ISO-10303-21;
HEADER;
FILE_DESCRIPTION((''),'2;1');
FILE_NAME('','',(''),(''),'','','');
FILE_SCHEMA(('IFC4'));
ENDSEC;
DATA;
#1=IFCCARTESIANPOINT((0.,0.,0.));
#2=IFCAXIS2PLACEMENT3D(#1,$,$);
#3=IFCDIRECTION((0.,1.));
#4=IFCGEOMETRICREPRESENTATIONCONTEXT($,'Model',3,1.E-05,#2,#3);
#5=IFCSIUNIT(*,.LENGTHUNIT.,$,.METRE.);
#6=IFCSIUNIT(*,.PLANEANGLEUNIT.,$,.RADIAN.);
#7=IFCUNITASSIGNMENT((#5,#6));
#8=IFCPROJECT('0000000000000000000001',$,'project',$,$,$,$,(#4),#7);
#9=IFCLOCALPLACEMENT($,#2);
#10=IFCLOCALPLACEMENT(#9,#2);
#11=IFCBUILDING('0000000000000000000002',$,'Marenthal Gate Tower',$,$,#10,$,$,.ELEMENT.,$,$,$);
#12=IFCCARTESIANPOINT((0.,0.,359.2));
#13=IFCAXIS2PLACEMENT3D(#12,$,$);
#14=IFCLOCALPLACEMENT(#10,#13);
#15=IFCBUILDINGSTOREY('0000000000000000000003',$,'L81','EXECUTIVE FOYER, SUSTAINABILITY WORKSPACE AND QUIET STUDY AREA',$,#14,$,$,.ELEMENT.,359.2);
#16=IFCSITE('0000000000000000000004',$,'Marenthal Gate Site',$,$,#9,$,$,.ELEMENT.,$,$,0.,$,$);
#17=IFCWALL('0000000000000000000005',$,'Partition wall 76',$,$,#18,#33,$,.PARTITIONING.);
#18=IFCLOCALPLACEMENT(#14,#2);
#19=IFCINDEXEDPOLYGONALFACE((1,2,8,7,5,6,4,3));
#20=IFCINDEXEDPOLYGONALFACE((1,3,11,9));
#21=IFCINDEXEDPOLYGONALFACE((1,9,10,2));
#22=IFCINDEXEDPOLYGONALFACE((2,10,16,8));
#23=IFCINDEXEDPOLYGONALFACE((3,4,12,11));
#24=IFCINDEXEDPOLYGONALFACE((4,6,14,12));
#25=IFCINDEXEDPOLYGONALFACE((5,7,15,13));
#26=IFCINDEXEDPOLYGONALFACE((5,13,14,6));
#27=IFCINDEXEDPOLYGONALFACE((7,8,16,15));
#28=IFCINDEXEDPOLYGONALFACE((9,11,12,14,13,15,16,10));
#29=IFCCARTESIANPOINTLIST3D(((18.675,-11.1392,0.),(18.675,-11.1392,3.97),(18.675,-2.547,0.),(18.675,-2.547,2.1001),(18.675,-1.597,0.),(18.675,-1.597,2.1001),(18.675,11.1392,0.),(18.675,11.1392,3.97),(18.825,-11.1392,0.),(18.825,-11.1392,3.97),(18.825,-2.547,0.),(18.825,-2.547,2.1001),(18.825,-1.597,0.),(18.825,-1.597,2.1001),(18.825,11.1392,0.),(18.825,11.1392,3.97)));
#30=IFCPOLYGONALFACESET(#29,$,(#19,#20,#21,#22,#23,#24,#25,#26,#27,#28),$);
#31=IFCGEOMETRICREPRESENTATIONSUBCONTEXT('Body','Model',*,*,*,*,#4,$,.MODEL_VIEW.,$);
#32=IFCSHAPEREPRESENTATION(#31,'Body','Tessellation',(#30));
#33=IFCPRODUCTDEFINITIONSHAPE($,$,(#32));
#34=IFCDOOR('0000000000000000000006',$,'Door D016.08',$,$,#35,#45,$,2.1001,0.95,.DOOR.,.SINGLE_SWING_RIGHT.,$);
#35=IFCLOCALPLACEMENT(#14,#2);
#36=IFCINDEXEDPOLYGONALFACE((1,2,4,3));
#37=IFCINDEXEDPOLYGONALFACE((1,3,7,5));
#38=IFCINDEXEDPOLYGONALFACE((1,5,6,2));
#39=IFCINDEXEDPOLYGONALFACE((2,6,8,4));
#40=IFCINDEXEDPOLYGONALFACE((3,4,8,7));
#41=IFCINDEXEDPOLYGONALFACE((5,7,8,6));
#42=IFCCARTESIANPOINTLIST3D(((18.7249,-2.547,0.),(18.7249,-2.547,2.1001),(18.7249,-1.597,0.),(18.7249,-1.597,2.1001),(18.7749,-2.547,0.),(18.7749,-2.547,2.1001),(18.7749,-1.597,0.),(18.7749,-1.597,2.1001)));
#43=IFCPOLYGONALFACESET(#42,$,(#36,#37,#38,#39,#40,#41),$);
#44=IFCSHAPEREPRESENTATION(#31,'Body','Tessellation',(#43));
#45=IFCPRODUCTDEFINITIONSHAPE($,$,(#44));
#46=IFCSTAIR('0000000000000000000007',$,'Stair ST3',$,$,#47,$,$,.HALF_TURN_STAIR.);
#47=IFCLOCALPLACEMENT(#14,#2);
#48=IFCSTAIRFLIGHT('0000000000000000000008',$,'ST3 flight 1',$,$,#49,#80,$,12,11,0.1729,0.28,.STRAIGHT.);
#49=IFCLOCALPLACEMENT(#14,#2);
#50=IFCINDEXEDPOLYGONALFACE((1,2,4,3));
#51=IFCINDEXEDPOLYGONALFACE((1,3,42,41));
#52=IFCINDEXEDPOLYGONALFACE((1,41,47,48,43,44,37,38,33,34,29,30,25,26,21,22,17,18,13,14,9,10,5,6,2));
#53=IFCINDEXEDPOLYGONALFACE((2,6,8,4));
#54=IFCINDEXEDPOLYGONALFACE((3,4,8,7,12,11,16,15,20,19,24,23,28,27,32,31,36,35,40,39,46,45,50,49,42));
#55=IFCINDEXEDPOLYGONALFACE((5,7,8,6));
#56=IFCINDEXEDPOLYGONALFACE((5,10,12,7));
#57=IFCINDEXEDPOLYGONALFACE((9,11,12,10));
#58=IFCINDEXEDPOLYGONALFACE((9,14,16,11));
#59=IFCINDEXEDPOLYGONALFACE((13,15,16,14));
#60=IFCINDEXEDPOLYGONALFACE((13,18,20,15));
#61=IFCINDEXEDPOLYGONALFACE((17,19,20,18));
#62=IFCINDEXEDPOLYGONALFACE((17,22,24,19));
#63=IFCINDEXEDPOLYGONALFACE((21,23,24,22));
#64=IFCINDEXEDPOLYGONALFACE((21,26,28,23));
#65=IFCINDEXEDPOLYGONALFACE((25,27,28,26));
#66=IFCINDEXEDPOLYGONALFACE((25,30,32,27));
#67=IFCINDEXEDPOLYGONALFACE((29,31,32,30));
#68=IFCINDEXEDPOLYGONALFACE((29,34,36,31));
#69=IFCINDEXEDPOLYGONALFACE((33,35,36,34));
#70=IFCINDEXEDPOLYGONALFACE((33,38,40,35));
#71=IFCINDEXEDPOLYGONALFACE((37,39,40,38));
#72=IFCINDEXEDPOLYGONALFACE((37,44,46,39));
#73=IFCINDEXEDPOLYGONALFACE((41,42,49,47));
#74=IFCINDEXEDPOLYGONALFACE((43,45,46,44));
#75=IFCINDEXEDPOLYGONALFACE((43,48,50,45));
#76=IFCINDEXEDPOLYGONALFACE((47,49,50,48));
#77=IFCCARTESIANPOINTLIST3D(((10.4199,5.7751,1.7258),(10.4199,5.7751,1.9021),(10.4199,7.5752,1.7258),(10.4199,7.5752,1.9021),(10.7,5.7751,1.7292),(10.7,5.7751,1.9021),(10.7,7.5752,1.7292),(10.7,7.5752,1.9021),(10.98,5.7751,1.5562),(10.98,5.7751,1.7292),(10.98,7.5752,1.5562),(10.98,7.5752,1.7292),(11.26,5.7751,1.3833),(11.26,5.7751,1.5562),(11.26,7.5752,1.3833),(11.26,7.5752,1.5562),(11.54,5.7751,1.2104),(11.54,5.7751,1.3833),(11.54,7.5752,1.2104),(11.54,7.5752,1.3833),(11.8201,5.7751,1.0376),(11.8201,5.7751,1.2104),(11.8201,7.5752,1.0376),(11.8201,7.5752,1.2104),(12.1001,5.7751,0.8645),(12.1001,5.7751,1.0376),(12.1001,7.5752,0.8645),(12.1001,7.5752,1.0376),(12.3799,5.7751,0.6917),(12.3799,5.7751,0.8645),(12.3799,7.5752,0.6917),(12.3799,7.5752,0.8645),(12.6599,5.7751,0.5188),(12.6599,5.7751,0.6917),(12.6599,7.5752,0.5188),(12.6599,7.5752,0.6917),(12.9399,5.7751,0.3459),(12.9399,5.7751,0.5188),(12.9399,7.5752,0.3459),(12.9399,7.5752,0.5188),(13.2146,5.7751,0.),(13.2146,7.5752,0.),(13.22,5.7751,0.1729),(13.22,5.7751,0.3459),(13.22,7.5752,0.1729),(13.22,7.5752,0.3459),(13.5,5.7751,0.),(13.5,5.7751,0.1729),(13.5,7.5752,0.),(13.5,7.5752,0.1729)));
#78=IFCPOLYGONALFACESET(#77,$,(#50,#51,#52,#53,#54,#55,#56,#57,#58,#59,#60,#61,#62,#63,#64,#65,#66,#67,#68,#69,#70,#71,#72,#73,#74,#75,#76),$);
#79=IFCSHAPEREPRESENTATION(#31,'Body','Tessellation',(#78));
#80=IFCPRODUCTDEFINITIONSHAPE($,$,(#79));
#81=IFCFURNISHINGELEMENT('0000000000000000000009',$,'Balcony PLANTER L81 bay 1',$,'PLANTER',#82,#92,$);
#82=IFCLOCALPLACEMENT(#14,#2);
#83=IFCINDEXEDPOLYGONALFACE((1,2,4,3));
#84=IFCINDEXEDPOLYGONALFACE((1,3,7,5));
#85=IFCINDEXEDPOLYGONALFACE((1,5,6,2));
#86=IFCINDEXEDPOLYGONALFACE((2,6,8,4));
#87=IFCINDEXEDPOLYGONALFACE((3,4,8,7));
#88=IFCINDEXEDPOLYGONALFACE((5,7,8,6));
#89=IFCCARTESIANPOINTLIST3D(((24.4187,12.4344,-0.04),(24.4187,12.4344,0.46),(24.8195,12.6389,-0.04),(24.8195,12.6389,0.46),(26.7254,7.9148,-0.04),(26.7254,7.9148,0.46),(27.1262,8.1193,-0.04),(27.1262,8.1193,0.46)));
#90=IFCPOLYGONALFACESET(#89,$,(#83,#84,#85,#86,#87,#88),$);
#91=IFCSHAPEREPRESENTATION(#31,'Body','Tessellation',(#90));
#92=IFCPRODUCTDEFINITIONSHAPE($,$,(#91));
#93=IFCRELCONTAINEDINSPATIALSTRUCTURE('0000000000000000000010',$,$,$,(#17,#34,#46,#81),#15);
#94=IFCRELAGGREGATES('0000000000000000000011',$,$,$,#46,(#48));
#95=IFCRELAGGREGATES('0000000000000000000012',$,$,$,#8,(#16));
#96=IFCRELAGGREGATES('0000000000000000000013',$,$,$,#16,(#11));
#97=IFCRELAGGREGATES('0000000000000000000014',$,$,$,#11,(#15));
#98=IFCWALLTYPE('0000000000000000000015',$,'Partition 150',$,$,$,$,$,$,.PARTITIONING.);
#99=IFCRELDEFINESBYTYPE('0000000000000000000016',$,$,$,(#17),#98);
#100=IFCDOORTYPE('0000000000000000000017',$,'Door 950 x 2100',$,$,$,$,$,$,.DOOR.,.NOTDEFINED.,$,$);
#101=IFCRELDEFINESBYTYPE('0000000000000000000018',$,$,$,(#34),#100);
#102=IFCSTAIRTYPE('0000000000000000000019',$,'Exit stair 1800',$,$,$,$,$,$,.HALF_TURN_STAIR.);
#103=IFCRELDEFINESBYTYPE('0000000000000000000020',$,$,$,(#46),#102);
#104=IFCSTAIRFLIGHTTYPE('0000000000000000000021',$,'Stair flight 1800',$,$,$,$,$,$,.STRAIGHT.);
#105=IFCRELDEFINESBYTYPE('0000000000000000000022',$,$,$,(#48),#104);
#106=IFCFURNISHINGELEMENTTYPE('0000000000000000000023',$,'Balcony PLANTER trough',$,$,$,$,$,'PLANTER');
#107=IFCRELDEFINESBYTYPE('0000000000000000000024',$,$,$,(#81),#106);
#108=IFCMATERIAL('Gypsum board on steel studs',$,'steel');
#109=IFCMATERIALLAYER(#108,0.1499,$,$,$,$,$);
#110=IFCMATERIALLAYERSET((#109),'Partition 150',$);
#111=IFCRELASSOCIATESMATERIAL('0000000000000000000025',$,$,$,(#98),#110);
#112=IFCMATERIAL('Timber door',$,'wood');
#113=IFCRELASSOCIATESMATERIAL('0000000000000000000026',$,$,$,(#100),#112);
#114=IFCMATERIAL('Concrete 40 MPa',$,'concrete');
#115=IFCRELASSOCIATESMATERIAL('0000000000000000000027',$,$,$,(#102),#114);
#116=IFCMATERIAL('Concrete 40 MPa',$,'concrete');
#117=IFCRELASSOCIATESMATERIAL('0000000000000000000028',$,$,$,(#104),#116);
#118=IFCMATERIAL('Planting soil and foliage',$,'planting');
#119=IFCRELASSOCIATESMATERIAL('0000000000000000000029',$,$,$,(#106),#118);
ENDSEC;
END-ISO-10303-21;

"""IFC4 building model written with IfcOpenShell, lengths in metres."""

from ifc_helpers import new_model, si_unit, direction, frame, frame_2d, origin, origin_2d, place, context, subcontext, project, spatial, polyline, rectangle, outline, extrude, material, layer, layer_set, type_object, element, fill, aggregate, save


model = new_model("IFC4")

# Units and contexts
model_context = context("Model", 3, precision=1e-05, world=origin(), true_north=direction((0.0, 1.0)))
body_context = subcontext(model_context, "Body", "Model", "MODEL_VIEW")
ifc_project = project(units=[si_unit("LENGTHUNIT", "METRE"), si_unit("PLANEANGLEUNIT", "RADIAN")], contexts=[model_context])

# Site, building, storey
site_placement = place(None, origin())
site = spatial("IfcSite", under=ifc_project, at=site_placement, Name="Marenthal Gate Site", CompositionType="ELEMENT", RefElevation=0.0)
building_placement = place(site_placement, origin())
building = spatial("IfcBuilding", under=site, at=building_placement, Name="Marenthal Gate Tower", CompositionType="ELEMENT")
storey_placement = place(building_placement, frame((0.0, 0.0, 359.2)))
storey = spatial("IfcBuildingStorey", under=building, at=storey_placement, Name="L81", Description="EXECUTIVE FOYER, SUSTAINABILITY WORKSPACE AND QUIET STUDY AREA", CompositionType="ELEMENT", Elevation=359.2)

# Wall, opening, door
ifc_material_1 = material(Name="Gypsum board on steel studs", Category="steel")
ifc_layer_1 = layer(ifc_material_1, 0.1499)
ifc_layer_set_1 = layer_set([ifc_layer_1], Name="Partition 150")
wall_type_1 = type_object("IfcWallType", Name="Partition 150", PredefinedType="PARTITIONING", material=ifc_layer_set_1)
wall_1_placement = place(storey_placement, frame((18.75, 11.1392, 0.0), z_axis=(0.0, 0.0, 1.0), x_axis=(0.0, -1.0, 0.0)))
wall_1 = element("IfcWall", 1, at=wall_1_placement, inside=storey, type_object=wall_type_1, Name="Partition wall 76", PredefinedType="PARTITIONING", context=body_context, shape_type="SweptSolid", body=[
    extrude(rectangle(XDim=22.2783, YDim=0.1499, at=frame_2d((11.1392, 0.0))), origin(), (0.0, 0.0, 1.0), 3.97),
])
opening_1_placement = place(wall_1_placement, frame((12.7361, 0.0, 0.0)))
opening_1 = element("IfcOpeningElement", 2, at=opening_1_placement, cuts=wall_1, PredefinedType="OPENING", context=body_context, shape_type="SweptSolid", body=[
    extrude(rectangle(XDim=0.95, YDim=2.1001, at=frame_2d((0.4751, 1.05))), frame((0.0, 0.085, 0.0), z_axis=(0.0, -1.0, 0.0), x_axis=(1.0, 0.0, 0.0)), (0.0, 0.0, 1.0), 0.1699),
])
ifc_material_2 = material(Name="Timber door", Category="wood")
door_type_1 = type_object("IfcDoorType", Name="Door 950 x 2100", OperationType="NOTDEFINED", PredefinedType="DOOR", material=ifc_material_2)
door_1_placement = place(opening_1_placement, origin())
door_1 = element("IfcDoor", 3, at=door_1_placement, inside=storey, type_object=door_type_1, Name="Door D016.08", OperationType="SINGLE_SWING_RIGHT", OverallHeight=2.1001, OverallWidth=0.95, PredefinedType="DOOR", context=body_context, shape_type="SweptSolid", body=[
    extrude(rectangle(XDim=0.95, YDim=2.1001, at=frame_2d((0.4751, 1.05))), frame((0.0, 0.0249, 0.0), z_axis=(0.0, -1.0, 0.0), x_axis=(1.0, 0.0, 0.0)), (0.0, 0.0, 1.0), 0.05),
])
fill(opening_1, door_1)

# Stair, stair flight
ifc_material_3 = material(Name="Concrete 40 MPa", Category="concrete")
stair_type = type_object("IfcStairType", Name="Exit stair 1800", PredefinedType="HALF_TURN_STAIR", material=ifc_material_3)
stair_placement = place(storey_placement, origin())
stair = element("IfcStair", 4, at=stair_placement, inside=storey, type_object=stair_type, Name="Stair ST3", PredefinedType="HALF_TURN_STAIR")
ifc_material_4 = material(Name="Concrete 40 MPa", Category="concrete")
stair_flight_type = type_object("IfcStairFlightType", Name="Stair flight 1800", PredefinedType="STRAIGHT", material=ifc_material_4)
stair_flight_placement = place(storey_placement, frame((13.5, 6.675, 0.0), z_axis=(0.0, 0.0, 1.0), x_axis=(-1.0, 0.0, 0.0)))
stair_flight = element("IfcStairFlight", 5, at=stair_flight_placement, type_object=stair_flight_type, Name="ST3 flight 1", NumberOfRisers=12, NumberOfTreads=11, PredefinedType="STRAIGHT", RiserHeight=0.1729, TreadLength=0.28, context=body_context, shape_type="SweptSolid", body=[
    extrude(outline(polyline([(0.0, 0.0), (0.0, 0.1729), (0.28, 0.1729), (0.28, 0.3459), (0.5601, 0.3459), (0.5601, 0.5188), (0.8401, 0.5188), (0.8401, 0.6917), (1.1201, 0.6917), (1.1201, 0.8645), (1.3999, 0.8645), (1.3999, 1.0376), (1.6799, 1.0376), (1.6799, 1.2104), (1.96, 1.2104), (1.96, 1.3833), (2.24, 1.3833), (2.24, 1.5562), (2.52, 1.5562), (2.52, 1.7292), (2.8, 1.7292), (2.8, 1.9021), (3.0801, 1.9021), (3.0801, 2.075), (3.0801, 1.7258), (0.2854, 0.0), (0.0, 0.0)])), frame((0.0, 0.8999, 0.0), z_axis=(0.0, -1.0, 0.0), x_axis=(1.0, 0.0, 0.0)), (0.0, 0.0, 1.0), 1.8),
])
aggregate(stair, [stair_flight])

# Furnishing element
ifc_material_5 = material(Name="Planting soil and foliage", Category="planting")
furnishing_element_type = type_object("IfcFurnishingElementType", Name="Balcony PLANTER trough", ElementType="PLANTER", material=ifc_material_5)
furnishing_placement = place(storey_placement, frame((25.7725, 10.2769, -0.04), z_axis=(0.0, 0.0, 1.0), x_axis=(-0.454596, 0.890698, 0.0)))
element("IfcFurnishingElement", 6, at=furnishing_placement, inside=storey, type_object=furnishing_element_type, Name="Balcony PLANTER L81 bay 1", ObjectType="PLANTER", context=body_context, shape_type="SweptSolid", body=[
    extrude(rectangle(XDim=5.0742, YDim=0.45, at=origin_2d()), origin(), (0.0, 0.0, 1.0), 0.5),
])

save(model, "model.ifc")
